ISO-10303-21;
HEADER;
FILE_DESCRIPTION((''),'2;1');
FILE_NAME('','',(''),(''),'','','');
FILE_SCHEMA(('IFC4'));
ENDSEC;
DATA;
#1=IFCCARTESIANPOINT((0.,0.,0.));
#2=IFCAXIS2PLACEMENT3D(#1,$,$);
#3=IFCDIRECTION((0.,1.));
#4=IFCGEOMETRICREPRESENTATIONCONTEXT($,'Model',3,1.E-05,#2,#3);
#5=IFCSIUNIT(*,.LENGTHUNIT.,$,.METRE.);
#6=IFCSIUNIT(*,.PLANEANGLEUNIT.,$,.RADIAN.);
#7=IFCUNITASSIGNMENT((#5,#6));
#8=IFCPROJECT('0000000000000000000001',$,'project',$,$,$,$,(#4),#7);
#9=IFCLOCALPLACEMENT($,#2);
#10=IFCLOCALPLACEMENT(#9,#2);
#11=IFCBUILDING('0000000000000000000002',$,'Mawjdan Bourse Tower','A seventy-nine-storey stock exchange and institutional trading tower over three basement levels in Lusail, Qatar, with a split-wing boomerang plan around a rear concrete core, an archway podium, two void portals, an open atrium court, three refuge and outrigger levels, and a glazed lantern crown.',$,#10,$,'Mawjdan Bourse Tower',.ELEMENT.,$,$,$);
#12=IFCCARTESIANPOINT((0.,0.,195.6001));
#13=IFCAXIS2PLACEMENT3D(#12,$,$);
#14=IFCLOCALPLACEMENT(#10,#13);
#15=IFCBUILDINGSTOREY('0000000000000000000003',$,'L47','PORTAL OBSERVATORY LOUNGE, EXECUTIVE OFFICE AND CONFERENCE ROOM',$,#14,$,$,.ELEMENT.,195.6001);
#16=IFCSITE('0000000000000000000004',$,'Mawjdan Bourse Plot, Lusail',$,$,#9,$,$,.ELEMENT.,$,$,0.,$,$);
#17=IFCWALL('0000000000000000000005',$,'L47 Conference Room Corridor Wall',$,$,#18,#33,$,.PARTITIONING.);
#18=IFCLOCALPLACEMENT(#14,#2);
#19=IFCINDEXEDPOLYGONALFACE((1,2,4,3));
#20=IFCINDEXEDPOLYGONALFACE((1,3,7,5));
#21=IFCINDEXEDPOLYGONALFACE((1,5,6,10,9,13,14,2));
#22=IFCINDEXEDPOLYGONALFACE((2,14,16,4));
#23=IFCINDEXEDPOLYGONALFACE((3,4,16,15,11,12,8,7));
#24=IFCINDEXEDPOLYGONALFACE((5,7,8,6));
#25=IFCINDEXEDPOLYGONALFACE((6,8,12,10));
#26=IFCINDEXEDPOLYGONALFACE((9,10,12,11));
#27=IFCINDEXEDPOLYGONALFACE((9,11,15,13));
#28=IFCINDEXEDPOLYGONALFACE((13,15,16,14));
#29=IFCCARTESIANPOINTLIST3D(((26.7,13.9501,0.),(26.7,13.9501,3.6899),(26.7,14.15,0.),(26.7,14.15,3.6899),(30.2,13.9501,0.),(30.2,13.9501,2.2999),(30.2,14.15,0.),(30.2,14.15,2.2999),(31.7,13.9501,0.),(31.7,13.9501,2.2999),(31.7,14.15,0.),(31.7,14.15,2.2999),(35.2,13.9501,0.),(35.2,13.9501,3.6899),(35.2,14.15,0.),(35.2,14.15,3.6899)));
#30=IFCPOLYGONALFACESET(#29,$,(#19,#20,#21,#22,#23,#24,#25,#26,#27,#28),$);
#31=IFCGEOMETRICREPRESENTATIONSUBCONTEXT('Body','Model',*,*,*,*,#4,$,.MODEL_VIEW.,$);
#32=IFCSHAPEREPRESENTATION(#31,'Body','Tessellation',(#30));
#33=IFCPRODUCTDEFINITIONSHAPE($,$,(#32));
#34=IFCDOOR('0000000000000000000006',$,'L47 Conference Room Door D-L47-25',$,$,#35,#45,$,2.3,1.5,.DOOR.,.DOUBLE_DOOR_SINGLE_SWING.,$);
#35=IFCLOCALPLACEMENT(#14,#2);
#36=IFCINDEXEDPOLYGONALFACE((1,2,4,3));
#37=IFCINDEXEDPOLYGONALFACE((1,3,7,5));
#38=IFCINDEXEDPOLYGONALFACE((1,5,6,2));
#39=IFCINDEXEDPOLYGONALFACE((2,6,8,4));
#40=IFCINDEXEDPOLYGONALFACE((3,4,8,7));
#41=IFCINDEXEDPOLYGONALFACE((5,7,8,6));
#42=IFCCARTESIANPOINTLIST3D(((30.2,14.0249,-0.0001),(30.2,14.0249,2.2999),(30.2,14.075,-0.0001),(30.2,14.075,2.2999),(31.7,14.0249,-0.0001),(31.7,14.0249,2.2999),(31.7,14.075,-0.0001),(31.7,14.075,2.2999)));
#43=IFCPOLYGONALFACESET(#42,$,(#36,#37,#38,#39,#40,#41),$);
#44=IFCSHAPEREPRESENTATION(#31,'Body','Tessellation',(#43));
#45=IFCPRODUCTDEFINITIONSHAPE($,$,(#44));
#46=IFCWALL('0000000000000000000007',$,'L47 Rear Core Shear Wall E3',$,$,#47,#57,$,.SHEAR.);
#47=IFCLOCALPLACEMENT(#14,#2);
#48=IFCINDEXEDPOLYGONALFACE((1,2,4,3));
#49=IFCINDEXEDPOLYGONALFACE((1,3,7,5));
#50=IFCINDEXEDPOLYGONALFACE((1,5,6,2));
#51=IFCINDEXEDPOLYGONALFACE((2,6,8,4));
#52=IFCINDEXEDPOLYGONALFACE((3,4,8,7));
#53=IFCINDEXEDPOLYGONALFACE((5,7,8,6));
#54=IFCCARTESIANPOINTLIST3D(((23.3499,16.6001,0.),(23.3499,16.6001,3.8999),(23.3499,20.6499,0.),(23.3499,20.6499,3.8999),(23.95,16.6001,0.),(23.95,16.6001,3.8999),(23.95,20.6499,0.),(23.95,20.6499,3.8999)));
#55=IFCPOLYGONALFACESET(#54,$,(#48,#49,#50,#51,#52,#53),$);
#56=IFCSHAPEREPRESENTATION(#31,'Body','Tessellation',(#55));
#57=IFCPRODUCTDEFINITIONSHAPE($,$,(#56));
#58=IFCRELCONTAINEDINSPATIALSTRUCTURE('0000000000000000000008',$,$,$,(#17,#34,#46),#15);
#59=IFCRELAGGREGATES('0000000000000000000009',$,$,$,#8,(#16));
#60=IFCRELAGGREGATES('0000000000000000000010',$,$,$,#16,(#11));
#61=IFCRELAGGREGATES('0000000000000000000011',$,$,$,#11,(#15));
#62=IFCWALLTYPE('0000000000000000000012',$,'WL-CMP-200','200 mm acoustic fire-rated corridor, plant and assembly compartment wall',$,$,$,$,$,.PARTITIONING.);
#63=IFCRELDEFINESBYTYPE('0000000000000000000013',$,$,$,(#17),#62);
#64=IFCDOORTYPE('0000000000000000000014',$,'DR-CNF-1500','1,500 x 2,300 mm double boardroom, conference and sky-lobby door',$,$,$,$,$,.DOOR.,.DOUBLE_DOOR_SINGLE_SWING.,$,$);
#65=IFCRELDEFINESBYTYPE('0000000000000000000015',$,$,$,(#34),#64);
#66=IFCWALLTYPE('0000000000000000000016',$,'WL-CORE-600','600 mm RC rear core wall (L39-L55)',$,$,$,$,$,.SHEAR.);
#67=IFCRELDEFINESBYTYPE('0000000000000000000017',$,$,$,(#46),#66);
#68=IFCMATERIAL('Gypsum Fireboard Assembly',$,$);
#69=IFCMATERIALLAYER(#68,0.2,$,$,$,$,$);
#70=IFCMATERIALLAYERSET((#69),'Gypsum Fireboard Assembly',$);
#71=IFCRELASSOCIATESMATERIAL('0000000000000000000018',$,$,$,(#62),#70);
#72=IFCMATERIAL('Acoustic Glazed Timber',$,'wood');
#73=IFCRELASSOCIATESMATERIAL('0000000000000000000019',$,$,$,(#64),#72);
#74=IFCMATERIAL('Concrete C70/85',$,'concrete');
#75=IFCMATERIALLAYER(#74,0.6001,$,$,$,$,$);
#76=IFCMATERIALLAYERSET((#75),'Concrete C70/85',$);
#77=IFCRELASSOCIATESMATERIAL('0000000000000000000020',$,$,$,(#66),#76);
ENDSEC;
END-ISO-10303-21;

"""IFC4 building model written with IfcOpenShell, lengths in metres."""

from ifc_helpers import new_model, si_unit, direction, frame, frame_2d, origin, place, context, subcontext, project, spatial, rectangle, extrude, material, layer, layer_set, type_object, element, fill, save


model = new_model("IFC4")

# Units and contexts
model_context = context("Model", 3, precision=1e-05, world=origin(), true_north=direction((0.0, 1.0)))
body_context = subcontext(model_context, "Body", "Model", "MODEL_VIEW")
ifc_project = project(units=[si_unit("LENGTHUNIT", "METRE"), si_unit("PLANEANGLEUNIT", "RADIAN")], contexts=[model_context])

# Site, building, storey
site_placement = place(None, origin())
site = spatial("IfcSite", under=ifc_project, at=site_placement, Name="Mawjdan Bourse Plot, Lusail", CompositionType="ELEMENT", RefElevation=0.0)
building_placement = place(site_placement, origin())
building = spatial("IfcBuilding", under=site, at=building_placement, Name="Mawjdan Bourse Tower", Description="A seventy-nine-storey stock exchange and institutional trading tower over three basement levels in Lusail, Qatar, with a split-wing boomerang plan around a rear concrete core, an archway podium, two void portals, an open atrium court, three refuge and outrigger levels, and a glazed lantern crown.", LongName="Mawjdan Bourse Tower", CompositionType="ELEMENT")
storey_placement = place(building_placement, frame((0.0, 0.0, 195.6001)))
storey = spatial("IfcBuildingStorey", under=building, at=storey_placement, Name="L47", Description="PORTAL OBSERVATORY LOUNGE, EXECUTIVE OFFICE AND CONFERENCE ROOM", CompositionType="ELEMENT", Elevation=195.6001)

# Shared definitions
ifc_material_1 = material(Name="Concrete C70/85", Category="concrete")

# Shared definitions
ifc_material_2 = material(Name="Gypsum Fireboard Assembly")
ifc_layer_1 = layer(ifc_material_2, 0.2)
ifc_layer_set_1 = layer_set([ifc_layer_1], Name="Gypsum Fireboard Assembly")
wall_type_1 = type_object("IfcWallType", Name="WL-CMP-200", Description="200 mm acoustic fire-rated corridor, plant and assembly compartment wall", PredefinedType="PARTITIONING", material=ifc_layer_set_1)

# Wall, opening, door
wall_1_placement = place(storey_placement, frame((26.7, 14.05, 0.0), z_axis=(0.0, 0.0, 1.0), x_axis=(1.0, 0.0, 0.0)))
wall_1 = element("IfcWall", 1, at=wall_1_placement, inside=storey, type_object=wall_type_1, Name="L47 Conference Room Corridor Wall", PredefinedType="PARTITIONING", context=body_context, shape_type="SweptSolid", body=[
    extrude(rectangle(XDim=8.5, YDim=0.2, at=frame_2d((4.25, 0.0))), origin(), (0.0, 0.0, 1.0), 3.6899),
])
opening_1_placement = place(wall_1_placement, frame((3.5, 0.0, 0.0)))
opening_1 = element("IfcOpeningElement", 2, at=opening_1_placement, cuts=wall_1, PredefinedType="OPENING", context=body_context, shape_type="SweptSolid", body=[
    extrude(rectangle(XDim=1.5, YDim=2.3, at=frame_2d((0.75, 1.1499))), frame((0.0, 0.1099, 0.0), z_axis=(0.0, -1.0, 0.0), x_axis=(1.0, 0.0, 0.0)), (0.0, 0.0, 1.0), 0.22),
])
ifc_material_3 = material(Name="Acoustic Glazed Timber", Category="wood")
door_type_1 = type_object("IfcDoorType", Name="DR-CNF-1500", Description="1,500 x 2,300 mm double boardroom, conference and sky-lobby door", OperationType="DOUBLE_DOOR_SINGLE_SWING", PredefinedType="DOOR", material=ifc_material_3)
door_1_placement = place(opening_1_placement, origin())
door_1 = element("IfcDoor", 3, at=door_1_placement, inside=storey, type_object=door_type_1, Name="L47 Conference Room Door D-L47-25", OperationType="DOUBLE_DOOR_SINGLE_SWING", OverallHeight=2.3, OverallWidth=1.5, PredefinedType="DOOR", context=body_context, shape_type="SweptSolid", body=[
    extrude(rectangle(XDim=1.5, YDim=2.3, at=frame_2d((0.75, 1.1499))), frame((0.0, 0.0249, 0.0), z_axis=(0.0, -1.0, 0.0), x_axis=(1.0, 0.0, 0.0)), (0.0, 0.0, 1.0), 0.05),
])
fill(opening_1, door_1)

# Wall
ifc_layer_2 = layer(ifc_material_1, 0.6001)
ifc_layer_set_2 = layer_set([ifc_layer_2], Name="Concrete C70/85")
wall_type_2 = type_object("IfcWallType", Name="WL-CORE-600", Description="600 mm RC rear core wall (L39-L55)", PredefinedType="SHEAR", material=ifc_layer_set_2)
wall_2_placement = place(storey_placement, frame((23.6499, 16.6001, 0.0), z_axis=(0.0, 0.0, 1.0), x_axis=(0.0, 1.0, 0.0)))
element("IfcWall", 4, at=wall_2_placement, inside=storey, type_object=wall_type_2, Name="L47 Rear Core Shear Wall E3", PredefinedType="SHEAR", context=body_context, shape_type="SweptSolid", body=[
    extrude(rectangle(XDim=4.0498, YDim=0.6001, at=frame_2d((2.0249, 0.0))), origin(), (0.0, 0.0, 1.0), 3.8999),
])

save(model, "model.ifc")
